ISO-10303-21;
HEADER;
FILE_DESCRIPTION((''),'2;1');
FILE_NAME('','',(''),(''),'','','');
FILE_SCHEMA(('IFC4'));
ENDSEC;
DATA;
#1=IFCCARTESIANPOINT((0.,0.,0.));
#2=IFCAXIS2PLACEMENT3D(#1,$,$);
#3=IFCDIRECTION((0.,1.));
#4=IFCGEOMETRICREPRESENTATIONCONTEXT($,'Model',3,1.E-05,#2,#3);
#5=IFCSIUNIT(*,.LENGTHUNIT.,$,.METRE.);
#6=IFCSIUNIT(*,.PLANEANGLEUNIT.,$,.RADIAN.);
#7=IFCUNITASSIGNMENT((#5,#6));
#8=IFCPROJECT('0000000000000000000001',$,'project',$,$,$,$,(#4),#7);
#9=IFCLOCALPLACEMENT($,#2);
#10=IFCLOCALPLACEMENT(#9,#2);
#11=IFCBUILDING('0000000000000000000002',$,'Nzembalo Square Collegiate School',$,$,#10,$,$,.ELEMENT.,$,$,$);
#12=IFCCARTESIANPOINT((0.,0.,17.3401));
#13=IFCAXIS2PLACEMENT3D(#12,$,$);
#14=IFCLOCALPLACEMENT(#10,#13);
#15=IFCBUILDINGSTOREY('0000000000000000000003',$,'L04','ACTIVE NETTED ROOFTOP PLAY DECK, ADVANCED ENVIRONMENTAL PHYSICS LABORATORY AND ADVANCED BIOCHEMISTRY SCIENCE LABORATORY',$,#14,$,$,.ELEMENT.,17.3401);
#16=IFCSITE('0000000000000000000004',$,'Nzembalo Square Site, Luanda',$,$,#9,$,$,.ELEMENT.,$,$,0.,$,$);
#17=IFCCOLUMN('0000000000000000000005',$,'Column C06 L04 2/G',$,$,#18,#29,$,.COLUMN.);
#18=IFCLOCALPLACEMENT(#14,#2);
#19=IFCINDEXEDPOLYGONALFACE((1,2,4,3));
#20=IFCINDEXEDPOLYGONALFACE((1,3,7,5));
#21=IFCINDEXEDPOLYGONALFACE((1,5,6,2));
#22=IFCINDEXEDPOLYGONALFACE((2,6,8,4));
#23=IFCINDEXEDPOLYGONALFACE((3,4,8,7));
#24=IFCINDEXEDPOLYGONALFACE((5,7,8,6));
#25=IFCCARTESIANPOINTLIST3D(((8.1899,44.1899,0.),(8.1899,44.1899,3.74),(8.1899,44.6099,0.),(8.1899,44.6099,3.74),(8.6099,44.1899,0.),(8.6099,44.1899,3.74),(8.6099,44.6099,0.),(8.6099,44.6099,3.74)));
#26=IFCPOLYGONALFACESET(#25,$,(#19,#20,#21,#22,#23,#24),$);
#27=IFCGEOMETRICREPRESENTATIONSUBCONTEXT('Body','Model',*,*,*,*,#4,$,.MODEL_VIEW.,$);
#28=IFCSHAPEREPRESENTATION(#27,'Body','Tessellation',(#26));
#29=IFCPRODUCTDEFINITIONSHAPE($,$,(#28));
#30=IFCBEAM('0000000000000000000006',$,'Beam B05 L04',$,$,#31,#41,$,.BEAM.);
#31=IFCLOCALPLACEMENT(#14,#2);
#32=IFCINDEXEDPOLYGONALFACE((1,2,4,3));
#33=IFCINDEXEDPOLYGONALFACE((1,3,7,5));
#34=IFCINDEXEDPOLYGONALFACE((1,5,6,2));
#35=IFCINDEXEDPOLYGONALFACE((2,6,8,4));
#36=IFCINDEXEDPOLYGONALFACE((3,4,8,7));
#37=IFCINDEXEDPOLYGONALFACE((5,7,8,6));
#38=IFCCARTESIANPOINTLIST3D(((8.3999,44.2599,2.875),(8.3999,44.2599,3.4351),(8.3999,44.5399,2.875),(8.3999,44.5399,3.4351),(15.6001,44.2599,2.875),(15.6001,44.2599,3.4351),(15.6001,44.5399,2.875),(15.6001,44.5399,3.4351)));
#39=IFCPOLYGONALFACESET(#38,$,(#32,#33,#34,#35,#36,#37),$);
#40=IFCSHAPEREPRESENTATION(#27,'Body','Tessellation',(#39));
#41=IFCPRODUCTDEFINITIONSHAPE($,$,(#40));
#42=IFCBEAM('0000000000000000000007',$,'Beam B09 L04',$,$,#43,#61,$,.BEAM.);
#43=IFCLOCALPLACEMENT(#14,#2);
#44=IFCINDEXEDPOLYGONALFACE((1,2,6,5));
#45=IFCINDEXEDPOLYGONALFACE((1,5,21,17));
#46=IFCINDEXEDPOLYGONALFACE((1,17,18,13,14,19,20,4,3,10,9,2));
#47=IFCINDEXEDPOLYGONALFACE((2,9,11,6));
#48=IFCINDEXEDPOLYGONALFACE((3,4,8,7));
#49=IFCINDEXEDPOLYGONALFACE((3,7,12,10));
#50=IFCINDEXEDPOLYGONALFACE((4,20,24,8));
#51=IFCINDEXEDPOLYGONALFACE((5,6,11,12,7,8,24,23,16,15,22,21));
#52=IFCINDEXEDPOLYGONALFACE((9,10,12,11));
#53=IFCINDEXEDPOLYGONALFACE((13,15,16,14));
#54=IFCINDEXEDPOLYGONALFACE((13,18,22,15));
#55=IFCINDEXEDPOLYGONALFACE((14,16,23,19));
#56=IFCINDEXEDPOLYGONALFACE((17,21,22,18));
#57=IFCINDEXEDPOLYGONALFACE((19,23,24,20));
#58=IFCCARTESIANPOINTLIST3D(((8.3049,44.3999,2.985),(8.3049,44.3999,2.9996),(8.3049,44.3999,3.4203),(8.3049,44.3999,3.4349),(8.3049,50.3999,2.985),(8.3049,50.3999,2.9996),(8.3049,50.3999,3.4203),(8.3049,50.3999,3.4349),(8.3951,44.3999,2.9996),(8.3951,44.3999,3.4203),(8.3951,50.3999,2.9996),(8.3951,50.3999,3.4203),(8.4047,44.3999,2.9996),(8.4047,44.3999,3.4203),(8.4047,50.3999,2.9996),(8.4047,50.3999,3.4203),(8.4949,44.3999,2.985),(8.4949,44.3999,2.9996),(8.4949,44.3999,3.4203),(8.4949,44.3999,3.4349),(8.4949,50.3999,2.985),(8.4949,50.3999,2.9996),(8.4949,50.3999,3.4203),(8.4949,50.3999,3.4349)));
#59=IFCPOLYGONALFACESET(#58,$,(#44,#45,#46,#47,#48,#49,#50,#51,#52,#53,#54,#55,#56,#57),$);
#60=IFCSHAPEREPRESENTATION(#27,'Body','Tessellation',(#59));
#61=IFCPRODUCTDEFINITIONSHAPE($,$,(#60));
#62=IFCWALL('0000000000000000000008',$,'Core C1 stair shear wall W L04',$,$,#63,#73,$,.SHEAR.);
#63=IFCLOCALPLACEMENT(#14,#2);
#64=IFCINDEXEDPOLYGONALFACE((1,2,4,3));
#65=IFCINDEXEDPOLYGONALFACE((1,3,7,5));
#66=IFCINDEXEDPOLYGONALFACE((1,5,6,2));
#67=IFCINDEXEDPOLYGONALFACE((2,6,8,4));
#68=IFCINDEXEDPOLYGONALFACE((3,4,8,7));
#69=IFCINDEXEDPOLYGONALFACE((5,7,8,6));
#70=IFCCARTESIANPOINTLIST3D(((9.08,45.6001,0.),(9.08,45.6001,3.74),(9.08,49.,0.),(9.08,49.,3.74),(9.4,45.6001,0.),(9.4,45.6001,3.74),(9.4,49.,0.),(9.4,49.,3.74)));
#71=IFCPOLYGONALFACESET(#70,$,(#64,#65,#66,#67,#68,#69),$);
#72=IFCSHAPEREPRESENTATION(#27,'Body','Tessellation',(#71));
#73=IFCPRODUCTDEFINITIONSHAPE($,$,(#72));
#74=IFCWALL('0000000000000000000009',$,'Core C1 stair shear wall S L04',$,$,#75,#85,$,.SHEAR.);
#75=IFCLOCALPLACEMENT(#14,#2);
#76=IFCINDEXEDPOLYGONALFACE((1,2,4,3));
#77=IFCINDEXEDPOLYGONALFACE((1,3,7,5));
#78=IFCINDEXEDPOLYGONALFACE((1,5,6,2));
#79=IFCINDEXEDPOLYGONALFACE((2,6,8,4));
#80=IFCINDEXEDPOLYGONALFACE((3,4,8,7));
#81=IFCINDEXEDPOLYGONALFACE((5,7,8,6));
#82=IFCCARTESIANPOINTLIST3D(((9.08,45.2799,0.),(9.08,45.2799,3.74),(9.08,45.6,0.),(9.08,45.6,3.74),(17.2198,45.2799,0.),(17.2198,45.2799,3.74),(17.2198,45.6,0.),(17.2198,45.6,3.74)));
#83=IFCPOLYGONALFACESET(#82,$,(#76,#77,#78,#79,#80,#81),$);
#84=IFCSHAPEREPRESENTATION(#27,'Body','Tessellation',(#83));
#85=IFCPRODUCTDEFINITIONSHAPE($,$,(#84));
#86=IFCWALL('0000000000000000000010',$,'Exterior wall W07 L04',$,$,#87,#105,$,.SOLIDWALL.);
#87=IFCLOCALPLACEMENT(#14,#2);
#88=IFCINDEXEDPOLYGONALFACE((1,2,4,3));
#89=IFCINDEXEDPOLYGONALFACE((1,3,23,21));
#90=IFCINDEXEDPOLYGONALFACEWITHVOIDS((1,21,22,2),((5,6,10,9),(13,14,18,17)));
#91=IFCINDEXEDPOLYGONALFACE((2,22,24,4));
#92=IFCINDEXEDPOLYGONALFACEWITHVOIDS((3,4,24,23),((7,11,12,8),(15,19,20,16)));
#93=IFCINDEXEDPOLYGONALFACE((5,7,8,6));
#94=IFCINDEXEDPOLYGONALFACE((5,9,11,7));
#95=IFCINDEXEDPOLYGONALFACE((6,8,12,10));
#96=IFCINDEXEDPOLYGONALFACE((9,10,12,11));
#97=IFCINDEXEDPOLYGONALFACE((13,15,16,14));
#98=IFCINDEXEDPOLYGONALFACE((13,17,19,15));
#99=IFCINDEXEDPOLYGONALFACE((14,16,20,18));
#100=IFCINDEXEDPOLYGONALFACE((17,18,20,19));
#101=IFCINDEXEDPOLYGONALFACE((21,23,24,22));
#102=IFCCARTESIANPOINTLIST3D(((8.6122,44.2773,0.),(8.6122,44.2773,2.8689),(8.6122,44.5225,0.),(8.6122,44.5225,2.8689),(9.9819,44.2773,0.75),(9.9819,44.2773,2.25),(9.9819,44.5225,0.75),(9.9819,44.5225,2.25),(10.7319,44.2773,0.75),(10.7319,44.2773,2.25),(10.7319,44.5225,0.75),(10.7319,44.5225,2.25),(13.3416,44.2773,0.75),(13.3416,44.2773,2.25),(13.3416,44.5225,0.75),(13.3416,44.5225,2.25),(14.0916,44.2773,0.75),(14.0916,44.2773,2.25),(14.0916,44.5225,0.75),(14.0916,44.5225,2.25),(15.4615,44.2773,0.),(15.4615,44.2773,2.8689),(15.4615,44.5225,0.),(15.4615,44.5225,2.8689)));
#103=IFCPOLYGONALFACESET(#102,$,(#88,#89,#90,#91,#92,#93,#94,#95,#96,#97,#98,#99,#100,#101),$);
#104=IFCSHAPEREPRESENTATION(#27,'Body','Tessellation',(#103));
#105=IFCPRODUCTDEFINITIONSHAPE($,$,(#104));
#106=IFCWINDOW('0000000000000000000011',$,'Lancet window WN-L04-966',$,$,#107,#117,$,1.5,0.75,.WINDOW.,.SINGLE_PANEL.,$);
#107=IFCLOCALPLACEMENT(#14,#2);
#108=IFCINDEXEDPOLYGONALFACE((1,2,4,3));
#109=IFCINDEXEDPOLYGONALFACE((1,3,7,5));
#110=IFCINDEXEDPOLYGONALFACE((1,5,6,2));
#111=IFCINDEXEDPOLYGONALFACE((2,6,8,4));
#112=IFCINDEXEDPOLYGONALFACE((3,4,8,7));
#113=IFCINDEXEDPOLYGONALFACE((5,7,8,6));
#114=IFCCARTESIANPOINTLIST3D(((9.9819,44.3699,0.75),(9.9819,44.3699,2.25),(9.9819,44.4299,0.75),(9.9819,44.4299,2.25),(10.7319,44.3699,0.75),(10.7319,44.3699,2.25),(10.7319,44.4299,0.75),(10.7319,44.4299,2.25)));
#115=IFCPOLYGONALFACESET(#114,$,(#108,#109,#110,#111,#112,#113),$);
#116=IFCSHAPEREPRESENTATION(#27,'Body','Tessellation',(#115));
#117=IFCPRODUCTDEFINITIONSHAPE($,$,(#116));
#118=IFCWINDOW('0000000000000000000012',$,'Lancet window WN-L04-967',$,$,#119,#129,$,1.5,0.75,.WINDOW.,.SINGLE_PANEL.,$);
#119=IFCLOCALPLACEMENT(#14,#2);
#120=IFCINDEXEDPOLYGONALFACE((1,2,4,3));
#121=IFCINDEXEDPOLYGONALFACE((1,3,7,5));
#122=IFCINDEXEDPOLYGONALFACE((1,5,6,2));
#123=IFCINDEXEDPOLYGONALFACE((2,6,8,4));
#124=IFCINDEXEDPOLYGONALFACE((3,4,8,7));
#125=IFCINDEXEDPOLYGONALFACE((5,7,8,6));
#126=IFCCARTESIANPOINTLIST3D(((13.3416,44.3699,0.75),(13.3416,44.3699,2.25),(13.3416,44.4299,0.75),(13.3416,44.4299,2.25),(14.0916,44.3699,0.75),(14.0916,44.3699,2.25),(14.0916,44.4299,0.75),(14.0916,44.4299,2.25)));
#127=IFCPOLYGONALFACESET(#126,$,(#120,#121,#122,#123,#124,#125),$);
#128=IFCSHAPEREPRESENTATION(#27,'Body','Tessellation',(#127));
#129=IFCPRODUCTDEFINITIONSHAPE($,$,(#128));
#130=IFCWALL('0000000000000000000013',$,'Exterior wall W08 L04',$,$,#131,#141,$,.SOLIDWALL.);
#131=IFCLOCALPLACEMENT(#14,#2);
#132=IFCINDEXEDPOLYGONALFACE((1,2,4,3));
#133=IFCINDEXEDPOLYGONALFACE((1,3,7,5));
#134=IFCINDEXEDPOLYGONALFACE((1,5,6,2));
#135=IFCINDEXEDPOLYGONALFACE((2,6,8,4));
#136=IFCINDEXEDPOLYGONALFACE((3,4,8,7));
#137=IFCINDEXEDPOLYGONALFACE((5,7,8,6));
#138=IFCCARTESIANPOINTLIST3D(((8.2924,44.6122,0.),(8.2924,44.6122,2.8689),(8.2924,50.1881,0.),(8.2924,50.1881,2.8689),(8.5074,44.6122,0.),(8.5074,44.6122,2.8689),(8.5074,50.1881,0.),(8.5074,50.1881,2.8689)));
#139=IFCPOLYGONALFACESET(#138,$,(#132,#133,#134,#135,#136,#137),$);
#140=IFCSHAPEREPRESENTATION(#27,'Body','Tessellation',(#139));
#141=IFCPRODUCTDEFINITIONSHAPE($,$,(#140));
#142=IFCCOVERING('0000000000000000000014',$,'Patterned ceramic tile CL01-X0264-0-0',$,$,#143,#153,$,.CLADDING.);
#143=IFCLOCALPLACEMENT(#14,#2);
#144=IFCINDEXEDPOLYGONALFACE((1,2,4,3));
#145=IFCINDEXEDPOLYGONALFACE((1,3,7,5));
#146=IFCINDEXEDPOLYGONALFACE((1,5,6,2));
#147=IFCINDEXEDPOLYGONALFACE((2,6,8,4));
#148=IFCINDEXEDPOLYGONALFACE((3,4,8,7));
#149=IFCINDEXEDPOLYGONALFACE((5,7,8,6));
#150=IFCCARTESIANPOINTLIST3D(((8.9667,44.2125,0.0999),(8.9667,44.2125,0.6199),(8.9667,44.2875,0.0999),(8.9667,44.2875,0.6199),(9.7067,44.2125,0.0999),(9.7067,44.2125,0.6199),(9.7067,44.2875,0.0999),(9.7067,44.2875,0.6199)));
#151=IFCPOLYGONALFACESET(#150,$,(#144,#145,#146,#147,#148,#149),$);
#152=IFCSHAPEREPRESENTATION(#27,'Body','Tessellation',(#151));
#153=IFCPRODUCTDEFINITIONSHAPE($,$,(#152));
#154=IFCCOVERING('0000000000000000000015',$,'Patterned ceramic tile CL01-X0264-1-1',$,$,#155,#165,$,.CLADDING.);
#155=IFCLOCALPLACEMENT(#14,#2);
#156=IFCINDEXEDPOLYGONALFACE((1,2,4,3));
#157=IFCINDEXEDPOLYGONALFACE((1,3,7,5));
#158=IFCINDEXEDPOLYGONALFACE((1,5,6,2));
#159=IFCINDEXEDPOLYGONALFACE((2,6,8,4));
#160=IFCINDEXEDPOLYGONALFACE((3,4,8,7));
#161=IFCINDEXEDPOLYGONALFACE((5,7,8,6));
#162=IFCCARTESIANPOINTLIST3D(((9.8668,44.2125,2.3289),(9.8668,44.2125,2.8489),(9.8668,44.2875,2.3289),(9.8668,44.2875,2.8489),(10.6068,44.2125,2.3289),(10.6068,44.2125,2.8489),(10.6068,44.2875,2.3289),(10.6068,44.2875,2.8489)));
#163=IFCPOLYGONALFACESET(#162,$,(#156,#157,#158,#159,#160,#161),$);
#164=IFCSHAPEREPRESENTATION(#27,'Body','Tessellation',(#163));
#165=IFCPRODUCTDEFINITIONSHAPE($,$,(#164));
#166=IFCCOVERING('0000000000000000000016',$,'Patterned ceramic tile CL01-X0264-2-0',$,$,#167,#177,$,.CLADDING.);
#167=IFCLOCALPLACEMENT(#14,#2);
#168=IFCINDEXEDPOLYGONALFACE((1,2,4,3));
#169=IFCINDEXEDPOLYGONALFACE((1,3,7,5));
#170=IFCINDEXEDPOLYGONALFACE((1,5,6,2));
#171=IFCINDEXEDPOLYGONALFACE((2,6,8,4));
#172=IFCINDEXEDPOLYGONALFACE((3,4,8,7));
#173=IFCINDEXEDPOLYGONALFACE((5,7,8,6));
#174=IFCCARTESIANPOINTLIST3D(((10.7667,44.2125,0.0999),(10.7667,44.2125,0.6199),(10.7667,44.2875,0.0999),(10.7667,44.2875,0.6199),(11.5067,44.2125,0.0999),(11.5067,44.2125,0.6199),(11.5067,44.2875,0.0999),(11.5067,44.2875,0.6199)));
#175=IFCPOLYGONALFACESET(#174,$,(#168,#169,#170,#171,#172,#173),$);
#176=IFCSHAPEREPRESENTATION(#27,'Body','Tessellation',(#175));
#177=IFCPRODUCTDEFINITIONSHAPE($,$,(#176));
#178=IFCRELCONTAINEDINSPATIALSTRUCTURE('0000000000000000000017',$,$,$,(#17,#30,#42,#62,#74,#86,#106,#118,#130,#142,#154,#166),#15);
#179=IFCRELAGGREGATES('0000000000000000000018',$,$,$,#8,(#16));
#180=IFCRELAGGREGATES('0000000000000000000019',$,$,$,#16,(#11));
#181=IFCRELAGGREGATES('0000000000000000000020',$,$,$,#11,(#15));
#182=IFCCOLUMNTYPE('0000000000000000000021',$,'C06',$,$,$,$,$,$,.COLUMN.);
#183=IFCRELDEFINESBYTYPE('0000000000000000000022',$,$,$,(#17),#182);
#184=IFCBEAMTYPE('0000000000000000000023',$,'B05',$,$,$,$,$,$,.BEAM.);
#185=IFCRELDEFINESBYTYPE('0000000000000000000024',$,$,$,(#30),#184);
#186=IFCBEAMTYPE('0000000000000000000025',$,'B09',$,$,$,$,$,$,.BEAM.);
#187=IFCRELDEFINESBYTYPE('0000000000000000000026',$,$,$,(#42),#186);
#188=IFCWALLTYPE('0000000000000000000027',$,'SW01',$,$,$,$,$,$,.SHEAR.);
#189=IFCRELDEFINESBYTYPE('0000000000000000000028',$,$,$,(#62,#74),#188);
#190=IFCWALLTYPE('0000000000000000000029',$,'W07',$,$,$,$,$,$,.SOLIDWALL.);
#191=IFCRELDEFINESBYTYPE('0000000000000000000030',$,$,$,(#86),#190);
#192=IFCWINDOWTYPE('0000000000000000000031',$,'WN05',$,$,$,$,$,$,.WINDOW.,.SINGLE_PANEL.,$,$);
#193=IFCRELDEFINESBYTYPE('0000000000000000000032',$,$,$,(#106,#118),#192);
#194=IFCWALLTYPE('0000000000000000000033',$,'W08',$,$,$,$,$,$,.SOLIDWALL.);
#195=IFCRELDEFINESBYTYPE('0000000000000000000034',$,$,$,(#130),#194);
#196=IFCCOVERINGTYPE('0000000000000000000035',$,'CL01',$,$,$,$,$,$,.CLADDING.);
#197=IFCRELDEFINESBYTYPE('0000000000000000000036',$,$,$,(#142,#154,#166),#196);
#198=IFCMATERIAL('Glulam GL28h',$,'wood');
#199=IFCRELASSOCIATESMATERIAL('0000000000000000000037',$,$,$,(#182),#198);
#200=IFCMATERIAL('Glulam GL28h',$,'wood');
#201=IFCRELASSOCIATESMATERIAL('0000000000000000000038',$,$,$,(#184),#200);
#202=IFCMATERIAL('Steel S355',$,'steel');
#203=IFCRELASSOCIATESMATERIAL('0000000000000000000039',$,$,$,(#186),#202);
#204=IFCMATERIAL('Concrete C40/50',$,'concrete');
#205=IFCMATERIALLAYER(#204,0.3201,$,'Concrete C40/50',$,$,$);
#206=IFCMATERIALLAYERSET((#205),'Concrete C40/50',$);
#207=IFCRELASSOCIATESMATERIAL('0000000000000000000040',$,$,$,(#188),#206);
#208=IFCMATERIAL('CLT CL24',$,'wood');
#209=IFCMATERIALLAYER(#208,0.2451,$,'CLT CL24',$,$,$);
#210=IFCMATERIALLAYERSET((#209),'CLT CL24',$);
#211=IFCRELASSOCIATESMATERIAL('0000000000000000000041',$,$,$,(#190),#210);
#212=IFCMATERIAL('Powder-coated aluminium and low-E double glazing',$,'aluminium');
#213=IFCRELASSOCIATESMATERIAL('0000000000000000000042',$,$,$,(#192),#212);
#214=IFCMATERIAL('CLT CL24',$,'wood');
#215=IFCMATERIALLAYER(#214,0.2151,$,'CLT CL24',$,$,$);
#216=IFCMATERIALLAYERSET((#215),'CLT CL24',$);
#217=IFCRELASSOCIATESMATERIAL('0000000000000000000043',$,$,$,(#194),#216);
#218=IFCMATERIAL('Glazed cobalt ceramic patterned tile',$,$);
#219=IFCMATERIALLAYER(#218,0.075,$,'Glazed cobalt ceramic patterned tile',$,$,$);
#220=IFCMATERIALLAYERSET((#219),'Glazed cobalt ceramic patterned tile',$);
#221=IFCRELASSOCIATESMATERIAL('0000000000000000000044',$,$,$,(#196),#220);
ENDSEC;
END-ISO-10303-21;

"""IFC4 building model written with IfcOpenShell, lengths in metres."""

from ifc_helpers import new_model, si_unit, direction, frame, frame_2d, origin, origin_2d, place, context, subcontext, project, spatial, rectangle, i_section, extrude, material, layer, layer_set, material_profile, profile_set, type_object, element, fill, save


model = new_model("IFC4")

# Units and contexts
model_context = context("Model", 3, precision=1e-05, world=origin(), true_north=direction((0.0, 1.0)))
body_context = subcontext(model_context, "Body", "Model", "MODEL_VIEW")
ifc_project = project(units=[si_unit("LENGTHUNIT", "METRE"), si_unit("PLANEANGLEUNIT", "RADIAN")], contexts=[model_context])

# Site, building, storey
site_placement = place(None, origin())
site = spatial("IfcSite", under=ifc_project, at=site_placement, Name="Nzembalo Square Site, Luanda", CompositionType="ELEMENT", RefElevation=0.0)
building_placement = place(site_placement, origin())
building = spatial("IfcBuilding", under=site, at=building_placement, Name="Nzembalo Square Collegiate School", CompositionType="ELEMENT")
storey_placement = place(building_placement, frame((0.0, 0.0, 17.3401)))
storey = spatial("IfcBuildingStorey", under=building, at=storey_placement, Name="L04", Description="ACTIVE NETTED ROOFTOP PLAY DECK, ADVANCED ENVIRONMENTAL PHYSICS LABORATORY AND ADVANCED BIOCHEMISTRY SCIENCE LABORATORY", CompositionType="ELEMENT", Elevation=17.3401)

# Column
ifc_material_1 = material(Name="Glulam GL28h", Category="wood")
ifc_material_profile_1 = material_profile(ifc_material_1, rectangle(XDim=0.4199, YDim=0.4199, at=origin_2d()), Name="GL28h 420x420")
ifc_profile_set_1 = profile_set([ifc_material_profile_1], Name="Glulam GL28h")
column_type = type_object("IfcColumnType", Name="C06", PredefinedType="COLUMN", material=ifc_profile_set_1)
column_placement = place(storey_placement, frame((8.3999, 44.3999, 0.0), z_axis=(0.0, 0.0, 1.0), x_axis=(1.0, 0.0, 0.0)))
element("IfcColumn", 1, at=column_placement, inside=storey, type_object=column_type, Name="Column C06 L04 2/G", PredefinedType="COLUMN", context=body_context, shape_type="SweptSolid", body=[
    extrude(rectangle(XDim=0.4199, YDim=0.4199, at=origin_2d()), origin(), (0.0, 0.0, 1.0), 3.74),
])

# Beams
ifc_material_2 = material(Name="Glulam GL28h", Category="wood")
ifc_material_profile_2 = material_profile(ifc_material_2, rectangle(XDim=0.28, YDim=0.5601, at=origin_2d()), Name="GL28h 280x560")
ifc_profile_set_2 = profile_set([ifc_material_profile_2], Name="Glulam GL28h")
beam_type_1 = type_object("IfcBeamType", Name="B05", PredefinedType="BEAM", material=ifc_profile_set_2)
beam_1_placement = place(storey_placement, frame((8.3999, 44.3999, 3.155), z_axis=(1.0, 0.0, 0.0), x_axis=(0.0, 1.0, 0.0)))
element("IfcBeam", 2, at=beam_1_placement, inside=storey, type_object=beam_type_1, Name="Beam B05 L04", PredefinedType="BEAM", context=body_context, shape_type="SweptSolid", body=[
    extrude(rectangle(XDim=0.28, YDim=0.5601, at=origin_2d()), origin(), (0.0, 0.0, 1.0), 7.2002),
])
ifc_material_3 = material(Name="Steel S355", Category="steel")
ifc_material_profile_3 = material_profile(ifc_material_3, i_section(OverallWidth=0.1899, OverallDepth=0.45, WebThickness=0.0095, FlangeThickness=0.0146, at=origin_2d()), Name="IPE 450")
ifc_profile_set_3 = profile_set([ifc_material_profile_3], Name="Steel S355")
beam_type_2 = type_object("IfcBeamType", Name="B09", PredefinedType="BEAM", material=ifc_profile_set_3)
beam_2_placement = place(storey_placement, frame((8.3999, 44.3999, 3.21), z_axis=(0.0, 1.0, 0.0), x_axis=(-1.0, 0.0, 0.0)))
element("IfcBeam", 3, at=beam_2_placement, inside=storey, type_object=beam_type_2, Name="Beam B09 L04", PredefinedType="BEAM", context=body_context, shape_type="SweptSolid", body=[
    extrude(i_section(OverallWidth=0.1899, OverallDepth=0.45, WebThickness=0.0095, FlangeThickness=0.0146, at=origin_2d()), origin(), (0.0, 0.0, 1.0), 6.0),
])

# Walls
ifc_material_4 = material(Name="Concrete C40/50", Category="concrete")
ifc_layer_1 = layer(ifc_material_4, 0.3201, Name="Concrete C40/50")
ifc_layer_set_1 = layer_set([ifc_layer_1], Name="Concrete C40/50")
wall_type_1 = type_object("IfcWallType", Name="SW01", PredefinedType="SHEAR", material=ifc_layer_set_1)
wall_1_placement = place(storey_placement, frame((9.24, 45.6001, 0.0), z_axis=(0.0, 0.0, 1.0), x_axis=(0.0, 1.0, 0.0)))
element("IfcWall", 4, at=wall_1_placement, inside=storey, type_object=wall_type_1, Name="Core C1 stair shear wall W L04", PredefinedType="SHEAR", context=body_context, shape_type="SweptSolid", body=[
    extrude(rectangle(XDim=3.3999, YDim=0.3201, at=frame_2d((1.7, 0.0))), origin(), (0.0, 0.0, 1.0), 3.74),
])
wall_2_placement = place(storey_placement, frame((9.0801, 45.4399, 0.0), z_axis=(0.0, 0.0, 1.0), x_axis=(1.0, 0.0, 0.0)))
element("IfcWall", 5, at=wall_2_placement, inside=storey, type_object=wall_type_1, Name="Core C1 stair shear wall S L04", PredefinedType="SHEAR", context=body_context, shape_type="SweptSolid", body=[
    extrude(rectangle(XDim=8.1399, YDim=0.3201, at=frame_2d((4.0698, 0.0))), origin(), (0.0, 0.0, 1.0), 3.74),
])

# Wall, openings, windows
ifc_material_5 = material(Name="CLT CL24", Category="wood")
ifc_layer_2 = layer(ifc_material_5, 0.2451, Name="CLT CL24")
ifc_layer_set_2 = layer_set([ifc_layer_2], Name="CLT CL24")
wall_type_2 = type_object("IfcWallType", Name="W07", PredefinedType="SOLIDWALL", material=ifc_layer_set_2)
wall_3_placement = place(storey_placement, frame((8.6121, 44.3999, 0.0), z_axis=(0.0, 0.0, 1.0), x_axis=(1.0, 0.0, 0.0)))
wall_3 = element("IfcWall", 6, at=wall_3_placement, inside=storey, type_object=wall_type_2, Name="Exterior wall W07 L04", PredefinedType="SOLIDWALL", context=body_context, shape_type="SweptSolid", body=[
    extrude(rectangle(XDim=6.8494, YDim=0.2451, at=frame_2d((3.4248, 0.0))), origin(), (0.0, 0.0, 1.0), 2.8689),
])
opening_1_placement = place(wall_3_placement, frame((1.3699, 0.0, 0.75)))
opening_1 = element("IfcOpeningElement", 7, at=opening_1_placement, cuts=wall_3, PredefinedType="OPENING", context=body_context, shape_type="SweptSolid", body=[
    extrude(rectangle(XDim=0.75, YDim=1.5, at=frame_2d((0.375, 0.75))), frame((0.0, 0.1326, 0.0), z_axis=(0.0, -1.0, 0.0), x_axis=(1.0, 0.0, 0.0)), (0.0, 0.0, 1.0), 0.2651),
])
opening_2_placement = place(wall_3_placement, frame((4.7295, 0.0, 0.75)))
opening_2 = element("IfcOpeningElement", 8, at=opening_2_placement, cuts=wall_3, PredefinedType="OPENING", context=body_context, shape_type="SweptSolid", body=[
    extrude(rectangle(XDim=0.75, YDim=1.5, at=frame_2d((0.375, 0.75))), frame((0.0, 0.1326, 0.0), z_axis=(0.0, -1.0, 0.0), x_axis=(1.0, 0.0, 0.0)), (0.0, 0.0, 1.0), 0.2651),
])
ifc_material_6 = material(Name="Powder-coated aluminium and low-E double glazing", Category="aluminium")
window_type = type_object("IfcWindowType", Name="WN05", PartitioningType="SINGLE_PANEL", PredefinedType="WINDOW", material=ifc_material_6)
window_1_placement = place(opening_1_placement, origin())
window_1 = element("IfcWindow", 9, at=window_1_placement, inside=storey, type_object=window_type, Name="Lancet window WN-L04-966", OverallHeight=1.5, OverallWidth=0.75, PartitioningType="SINGLE_PANEL", PredefinedType="WINDOW", context=body_context, shape_type="SweptSolid", body=[
    extrude(rectangle(XDim=0.75, YDim=1.5, at=frame_2d((0.375, 0.75))), frame((0.0, 0.03, 0.0), z_axis=(0.0, -1.0, 0.0), x_axis=(1.0, 0.0, 0.0)), (0.0, 0.0, 1.0), 0.0601),
])
fill(opening_1, window_1)
window_2_placement = place(opening_2_placement, origin())
window_2 = element("IfcWindow", 10, at=window_2_placement, inside=storey, type_object=window_type, Name="Lancet window WN-L04-967", OverallHeight=1.5, OverallWidth=0.75, PartitioningType="SINGLE_PANEL", PredefinedType="WINDOW", context=body_context, shape_type="SweptSolid", body=[
    extrude(rectangle(XDim=0.75, YDim=1.5, at=frame_2d((0.375, 0.75))), frame((0.0, 0.03, 0.0), z_axis=(0.0, -1.0, 0.0), x_axis=(1.0, 0.0, 0.0)), (0.0, 0.0, 1.0), 0.0601),
])
fill(opening_2, window_2)

# Wall
ifc_material_7 = material(Name="CLT CL24", Category="wood")
ifc_layer_3 = layer(ifc_material_7, 0.2151, Name="CLT CL24")
ifc_layer_set_3 = layer_set([ifc_layer_3], Name="CLT CL24")
wall_type_3 = type_object("IfcWallType", Name="W08", PredefinedType="SOLIDWALL", material=ifc_layer_set_3)
wall_4_placement = place(storey_placement, frame((8.3999, 44.6121, 0.0), z_axis=(0.0, 0.0, 1.0), x_axis=(0.0, 1.0, 0.0)))
element("IfcWall", 11, at=wall_4_placement, inside=storey, type_object=wall_type_3, Name="Exterior wall W08 L04", PredefinedType="SOLIDWALL", context=body_context, shape_type="SweptSolid", body=[
    extrude(rectangle(XDim=5.5759, YDim=0.2151, at=frame_2d((2.7881, 0.0))), origin(), (0.0, 0.0, 1.0), 2.8689),
])

# Coverings
ifc_material_8 = material(Name="Glazed cobalt ceramic patterned tile")
ifc_layer_4 = layer(ifc_material_8, 0.075, Name="Glazed cobalt ceramic patterned tile")
ifc_layer_set_4 = layer_set([ifc_layer_4], Name="Glazed cobalt ceramic patterned tile")
covering_type_1 = type_object("IfcCoveringType", Name="CL01", PredefinedType="CLADDING", material=ifc_layer_set_4)
for number, where, z_axis, x_axis, name in (
    (12, (9.3367, 44.25, 0.0999), (0.0, 0.0, 1.0), (1.0, 0.0, 0.0), "Patterned ceramic tile CL01-X0264-0-0"),
    (13, (10.2368, 44.25, 2.3289), (0.0, 0.0, 1.0), (1.0, 0.0, 0.0), "Patterned ceramic tile CL01-X0264-1-1"),
    (14, (11.1367, 44.25, 0.0999), (0.0, 0.0, 1.0), (1.0, 0.0, 0.0), "Patterned ceramic tile CL01-X0264-2-0"),
):
    element("IfcCovering", number, at=place(storey_placement, frame(where, z_axis=z_axis, x_axis=x_axis)), inside=storey, type_object=covering_type_1, Name=name, PredefinedType="CLADDING", context=body_context, shape_type="SweptSolid", body=[
        extrude(rectangle(XDim=0.74, YDim=0.075, at=origin_2d()), origin(), (0.0, 0.0, 1.0), 0.52),
    ])

save(model, "model.ifc")
